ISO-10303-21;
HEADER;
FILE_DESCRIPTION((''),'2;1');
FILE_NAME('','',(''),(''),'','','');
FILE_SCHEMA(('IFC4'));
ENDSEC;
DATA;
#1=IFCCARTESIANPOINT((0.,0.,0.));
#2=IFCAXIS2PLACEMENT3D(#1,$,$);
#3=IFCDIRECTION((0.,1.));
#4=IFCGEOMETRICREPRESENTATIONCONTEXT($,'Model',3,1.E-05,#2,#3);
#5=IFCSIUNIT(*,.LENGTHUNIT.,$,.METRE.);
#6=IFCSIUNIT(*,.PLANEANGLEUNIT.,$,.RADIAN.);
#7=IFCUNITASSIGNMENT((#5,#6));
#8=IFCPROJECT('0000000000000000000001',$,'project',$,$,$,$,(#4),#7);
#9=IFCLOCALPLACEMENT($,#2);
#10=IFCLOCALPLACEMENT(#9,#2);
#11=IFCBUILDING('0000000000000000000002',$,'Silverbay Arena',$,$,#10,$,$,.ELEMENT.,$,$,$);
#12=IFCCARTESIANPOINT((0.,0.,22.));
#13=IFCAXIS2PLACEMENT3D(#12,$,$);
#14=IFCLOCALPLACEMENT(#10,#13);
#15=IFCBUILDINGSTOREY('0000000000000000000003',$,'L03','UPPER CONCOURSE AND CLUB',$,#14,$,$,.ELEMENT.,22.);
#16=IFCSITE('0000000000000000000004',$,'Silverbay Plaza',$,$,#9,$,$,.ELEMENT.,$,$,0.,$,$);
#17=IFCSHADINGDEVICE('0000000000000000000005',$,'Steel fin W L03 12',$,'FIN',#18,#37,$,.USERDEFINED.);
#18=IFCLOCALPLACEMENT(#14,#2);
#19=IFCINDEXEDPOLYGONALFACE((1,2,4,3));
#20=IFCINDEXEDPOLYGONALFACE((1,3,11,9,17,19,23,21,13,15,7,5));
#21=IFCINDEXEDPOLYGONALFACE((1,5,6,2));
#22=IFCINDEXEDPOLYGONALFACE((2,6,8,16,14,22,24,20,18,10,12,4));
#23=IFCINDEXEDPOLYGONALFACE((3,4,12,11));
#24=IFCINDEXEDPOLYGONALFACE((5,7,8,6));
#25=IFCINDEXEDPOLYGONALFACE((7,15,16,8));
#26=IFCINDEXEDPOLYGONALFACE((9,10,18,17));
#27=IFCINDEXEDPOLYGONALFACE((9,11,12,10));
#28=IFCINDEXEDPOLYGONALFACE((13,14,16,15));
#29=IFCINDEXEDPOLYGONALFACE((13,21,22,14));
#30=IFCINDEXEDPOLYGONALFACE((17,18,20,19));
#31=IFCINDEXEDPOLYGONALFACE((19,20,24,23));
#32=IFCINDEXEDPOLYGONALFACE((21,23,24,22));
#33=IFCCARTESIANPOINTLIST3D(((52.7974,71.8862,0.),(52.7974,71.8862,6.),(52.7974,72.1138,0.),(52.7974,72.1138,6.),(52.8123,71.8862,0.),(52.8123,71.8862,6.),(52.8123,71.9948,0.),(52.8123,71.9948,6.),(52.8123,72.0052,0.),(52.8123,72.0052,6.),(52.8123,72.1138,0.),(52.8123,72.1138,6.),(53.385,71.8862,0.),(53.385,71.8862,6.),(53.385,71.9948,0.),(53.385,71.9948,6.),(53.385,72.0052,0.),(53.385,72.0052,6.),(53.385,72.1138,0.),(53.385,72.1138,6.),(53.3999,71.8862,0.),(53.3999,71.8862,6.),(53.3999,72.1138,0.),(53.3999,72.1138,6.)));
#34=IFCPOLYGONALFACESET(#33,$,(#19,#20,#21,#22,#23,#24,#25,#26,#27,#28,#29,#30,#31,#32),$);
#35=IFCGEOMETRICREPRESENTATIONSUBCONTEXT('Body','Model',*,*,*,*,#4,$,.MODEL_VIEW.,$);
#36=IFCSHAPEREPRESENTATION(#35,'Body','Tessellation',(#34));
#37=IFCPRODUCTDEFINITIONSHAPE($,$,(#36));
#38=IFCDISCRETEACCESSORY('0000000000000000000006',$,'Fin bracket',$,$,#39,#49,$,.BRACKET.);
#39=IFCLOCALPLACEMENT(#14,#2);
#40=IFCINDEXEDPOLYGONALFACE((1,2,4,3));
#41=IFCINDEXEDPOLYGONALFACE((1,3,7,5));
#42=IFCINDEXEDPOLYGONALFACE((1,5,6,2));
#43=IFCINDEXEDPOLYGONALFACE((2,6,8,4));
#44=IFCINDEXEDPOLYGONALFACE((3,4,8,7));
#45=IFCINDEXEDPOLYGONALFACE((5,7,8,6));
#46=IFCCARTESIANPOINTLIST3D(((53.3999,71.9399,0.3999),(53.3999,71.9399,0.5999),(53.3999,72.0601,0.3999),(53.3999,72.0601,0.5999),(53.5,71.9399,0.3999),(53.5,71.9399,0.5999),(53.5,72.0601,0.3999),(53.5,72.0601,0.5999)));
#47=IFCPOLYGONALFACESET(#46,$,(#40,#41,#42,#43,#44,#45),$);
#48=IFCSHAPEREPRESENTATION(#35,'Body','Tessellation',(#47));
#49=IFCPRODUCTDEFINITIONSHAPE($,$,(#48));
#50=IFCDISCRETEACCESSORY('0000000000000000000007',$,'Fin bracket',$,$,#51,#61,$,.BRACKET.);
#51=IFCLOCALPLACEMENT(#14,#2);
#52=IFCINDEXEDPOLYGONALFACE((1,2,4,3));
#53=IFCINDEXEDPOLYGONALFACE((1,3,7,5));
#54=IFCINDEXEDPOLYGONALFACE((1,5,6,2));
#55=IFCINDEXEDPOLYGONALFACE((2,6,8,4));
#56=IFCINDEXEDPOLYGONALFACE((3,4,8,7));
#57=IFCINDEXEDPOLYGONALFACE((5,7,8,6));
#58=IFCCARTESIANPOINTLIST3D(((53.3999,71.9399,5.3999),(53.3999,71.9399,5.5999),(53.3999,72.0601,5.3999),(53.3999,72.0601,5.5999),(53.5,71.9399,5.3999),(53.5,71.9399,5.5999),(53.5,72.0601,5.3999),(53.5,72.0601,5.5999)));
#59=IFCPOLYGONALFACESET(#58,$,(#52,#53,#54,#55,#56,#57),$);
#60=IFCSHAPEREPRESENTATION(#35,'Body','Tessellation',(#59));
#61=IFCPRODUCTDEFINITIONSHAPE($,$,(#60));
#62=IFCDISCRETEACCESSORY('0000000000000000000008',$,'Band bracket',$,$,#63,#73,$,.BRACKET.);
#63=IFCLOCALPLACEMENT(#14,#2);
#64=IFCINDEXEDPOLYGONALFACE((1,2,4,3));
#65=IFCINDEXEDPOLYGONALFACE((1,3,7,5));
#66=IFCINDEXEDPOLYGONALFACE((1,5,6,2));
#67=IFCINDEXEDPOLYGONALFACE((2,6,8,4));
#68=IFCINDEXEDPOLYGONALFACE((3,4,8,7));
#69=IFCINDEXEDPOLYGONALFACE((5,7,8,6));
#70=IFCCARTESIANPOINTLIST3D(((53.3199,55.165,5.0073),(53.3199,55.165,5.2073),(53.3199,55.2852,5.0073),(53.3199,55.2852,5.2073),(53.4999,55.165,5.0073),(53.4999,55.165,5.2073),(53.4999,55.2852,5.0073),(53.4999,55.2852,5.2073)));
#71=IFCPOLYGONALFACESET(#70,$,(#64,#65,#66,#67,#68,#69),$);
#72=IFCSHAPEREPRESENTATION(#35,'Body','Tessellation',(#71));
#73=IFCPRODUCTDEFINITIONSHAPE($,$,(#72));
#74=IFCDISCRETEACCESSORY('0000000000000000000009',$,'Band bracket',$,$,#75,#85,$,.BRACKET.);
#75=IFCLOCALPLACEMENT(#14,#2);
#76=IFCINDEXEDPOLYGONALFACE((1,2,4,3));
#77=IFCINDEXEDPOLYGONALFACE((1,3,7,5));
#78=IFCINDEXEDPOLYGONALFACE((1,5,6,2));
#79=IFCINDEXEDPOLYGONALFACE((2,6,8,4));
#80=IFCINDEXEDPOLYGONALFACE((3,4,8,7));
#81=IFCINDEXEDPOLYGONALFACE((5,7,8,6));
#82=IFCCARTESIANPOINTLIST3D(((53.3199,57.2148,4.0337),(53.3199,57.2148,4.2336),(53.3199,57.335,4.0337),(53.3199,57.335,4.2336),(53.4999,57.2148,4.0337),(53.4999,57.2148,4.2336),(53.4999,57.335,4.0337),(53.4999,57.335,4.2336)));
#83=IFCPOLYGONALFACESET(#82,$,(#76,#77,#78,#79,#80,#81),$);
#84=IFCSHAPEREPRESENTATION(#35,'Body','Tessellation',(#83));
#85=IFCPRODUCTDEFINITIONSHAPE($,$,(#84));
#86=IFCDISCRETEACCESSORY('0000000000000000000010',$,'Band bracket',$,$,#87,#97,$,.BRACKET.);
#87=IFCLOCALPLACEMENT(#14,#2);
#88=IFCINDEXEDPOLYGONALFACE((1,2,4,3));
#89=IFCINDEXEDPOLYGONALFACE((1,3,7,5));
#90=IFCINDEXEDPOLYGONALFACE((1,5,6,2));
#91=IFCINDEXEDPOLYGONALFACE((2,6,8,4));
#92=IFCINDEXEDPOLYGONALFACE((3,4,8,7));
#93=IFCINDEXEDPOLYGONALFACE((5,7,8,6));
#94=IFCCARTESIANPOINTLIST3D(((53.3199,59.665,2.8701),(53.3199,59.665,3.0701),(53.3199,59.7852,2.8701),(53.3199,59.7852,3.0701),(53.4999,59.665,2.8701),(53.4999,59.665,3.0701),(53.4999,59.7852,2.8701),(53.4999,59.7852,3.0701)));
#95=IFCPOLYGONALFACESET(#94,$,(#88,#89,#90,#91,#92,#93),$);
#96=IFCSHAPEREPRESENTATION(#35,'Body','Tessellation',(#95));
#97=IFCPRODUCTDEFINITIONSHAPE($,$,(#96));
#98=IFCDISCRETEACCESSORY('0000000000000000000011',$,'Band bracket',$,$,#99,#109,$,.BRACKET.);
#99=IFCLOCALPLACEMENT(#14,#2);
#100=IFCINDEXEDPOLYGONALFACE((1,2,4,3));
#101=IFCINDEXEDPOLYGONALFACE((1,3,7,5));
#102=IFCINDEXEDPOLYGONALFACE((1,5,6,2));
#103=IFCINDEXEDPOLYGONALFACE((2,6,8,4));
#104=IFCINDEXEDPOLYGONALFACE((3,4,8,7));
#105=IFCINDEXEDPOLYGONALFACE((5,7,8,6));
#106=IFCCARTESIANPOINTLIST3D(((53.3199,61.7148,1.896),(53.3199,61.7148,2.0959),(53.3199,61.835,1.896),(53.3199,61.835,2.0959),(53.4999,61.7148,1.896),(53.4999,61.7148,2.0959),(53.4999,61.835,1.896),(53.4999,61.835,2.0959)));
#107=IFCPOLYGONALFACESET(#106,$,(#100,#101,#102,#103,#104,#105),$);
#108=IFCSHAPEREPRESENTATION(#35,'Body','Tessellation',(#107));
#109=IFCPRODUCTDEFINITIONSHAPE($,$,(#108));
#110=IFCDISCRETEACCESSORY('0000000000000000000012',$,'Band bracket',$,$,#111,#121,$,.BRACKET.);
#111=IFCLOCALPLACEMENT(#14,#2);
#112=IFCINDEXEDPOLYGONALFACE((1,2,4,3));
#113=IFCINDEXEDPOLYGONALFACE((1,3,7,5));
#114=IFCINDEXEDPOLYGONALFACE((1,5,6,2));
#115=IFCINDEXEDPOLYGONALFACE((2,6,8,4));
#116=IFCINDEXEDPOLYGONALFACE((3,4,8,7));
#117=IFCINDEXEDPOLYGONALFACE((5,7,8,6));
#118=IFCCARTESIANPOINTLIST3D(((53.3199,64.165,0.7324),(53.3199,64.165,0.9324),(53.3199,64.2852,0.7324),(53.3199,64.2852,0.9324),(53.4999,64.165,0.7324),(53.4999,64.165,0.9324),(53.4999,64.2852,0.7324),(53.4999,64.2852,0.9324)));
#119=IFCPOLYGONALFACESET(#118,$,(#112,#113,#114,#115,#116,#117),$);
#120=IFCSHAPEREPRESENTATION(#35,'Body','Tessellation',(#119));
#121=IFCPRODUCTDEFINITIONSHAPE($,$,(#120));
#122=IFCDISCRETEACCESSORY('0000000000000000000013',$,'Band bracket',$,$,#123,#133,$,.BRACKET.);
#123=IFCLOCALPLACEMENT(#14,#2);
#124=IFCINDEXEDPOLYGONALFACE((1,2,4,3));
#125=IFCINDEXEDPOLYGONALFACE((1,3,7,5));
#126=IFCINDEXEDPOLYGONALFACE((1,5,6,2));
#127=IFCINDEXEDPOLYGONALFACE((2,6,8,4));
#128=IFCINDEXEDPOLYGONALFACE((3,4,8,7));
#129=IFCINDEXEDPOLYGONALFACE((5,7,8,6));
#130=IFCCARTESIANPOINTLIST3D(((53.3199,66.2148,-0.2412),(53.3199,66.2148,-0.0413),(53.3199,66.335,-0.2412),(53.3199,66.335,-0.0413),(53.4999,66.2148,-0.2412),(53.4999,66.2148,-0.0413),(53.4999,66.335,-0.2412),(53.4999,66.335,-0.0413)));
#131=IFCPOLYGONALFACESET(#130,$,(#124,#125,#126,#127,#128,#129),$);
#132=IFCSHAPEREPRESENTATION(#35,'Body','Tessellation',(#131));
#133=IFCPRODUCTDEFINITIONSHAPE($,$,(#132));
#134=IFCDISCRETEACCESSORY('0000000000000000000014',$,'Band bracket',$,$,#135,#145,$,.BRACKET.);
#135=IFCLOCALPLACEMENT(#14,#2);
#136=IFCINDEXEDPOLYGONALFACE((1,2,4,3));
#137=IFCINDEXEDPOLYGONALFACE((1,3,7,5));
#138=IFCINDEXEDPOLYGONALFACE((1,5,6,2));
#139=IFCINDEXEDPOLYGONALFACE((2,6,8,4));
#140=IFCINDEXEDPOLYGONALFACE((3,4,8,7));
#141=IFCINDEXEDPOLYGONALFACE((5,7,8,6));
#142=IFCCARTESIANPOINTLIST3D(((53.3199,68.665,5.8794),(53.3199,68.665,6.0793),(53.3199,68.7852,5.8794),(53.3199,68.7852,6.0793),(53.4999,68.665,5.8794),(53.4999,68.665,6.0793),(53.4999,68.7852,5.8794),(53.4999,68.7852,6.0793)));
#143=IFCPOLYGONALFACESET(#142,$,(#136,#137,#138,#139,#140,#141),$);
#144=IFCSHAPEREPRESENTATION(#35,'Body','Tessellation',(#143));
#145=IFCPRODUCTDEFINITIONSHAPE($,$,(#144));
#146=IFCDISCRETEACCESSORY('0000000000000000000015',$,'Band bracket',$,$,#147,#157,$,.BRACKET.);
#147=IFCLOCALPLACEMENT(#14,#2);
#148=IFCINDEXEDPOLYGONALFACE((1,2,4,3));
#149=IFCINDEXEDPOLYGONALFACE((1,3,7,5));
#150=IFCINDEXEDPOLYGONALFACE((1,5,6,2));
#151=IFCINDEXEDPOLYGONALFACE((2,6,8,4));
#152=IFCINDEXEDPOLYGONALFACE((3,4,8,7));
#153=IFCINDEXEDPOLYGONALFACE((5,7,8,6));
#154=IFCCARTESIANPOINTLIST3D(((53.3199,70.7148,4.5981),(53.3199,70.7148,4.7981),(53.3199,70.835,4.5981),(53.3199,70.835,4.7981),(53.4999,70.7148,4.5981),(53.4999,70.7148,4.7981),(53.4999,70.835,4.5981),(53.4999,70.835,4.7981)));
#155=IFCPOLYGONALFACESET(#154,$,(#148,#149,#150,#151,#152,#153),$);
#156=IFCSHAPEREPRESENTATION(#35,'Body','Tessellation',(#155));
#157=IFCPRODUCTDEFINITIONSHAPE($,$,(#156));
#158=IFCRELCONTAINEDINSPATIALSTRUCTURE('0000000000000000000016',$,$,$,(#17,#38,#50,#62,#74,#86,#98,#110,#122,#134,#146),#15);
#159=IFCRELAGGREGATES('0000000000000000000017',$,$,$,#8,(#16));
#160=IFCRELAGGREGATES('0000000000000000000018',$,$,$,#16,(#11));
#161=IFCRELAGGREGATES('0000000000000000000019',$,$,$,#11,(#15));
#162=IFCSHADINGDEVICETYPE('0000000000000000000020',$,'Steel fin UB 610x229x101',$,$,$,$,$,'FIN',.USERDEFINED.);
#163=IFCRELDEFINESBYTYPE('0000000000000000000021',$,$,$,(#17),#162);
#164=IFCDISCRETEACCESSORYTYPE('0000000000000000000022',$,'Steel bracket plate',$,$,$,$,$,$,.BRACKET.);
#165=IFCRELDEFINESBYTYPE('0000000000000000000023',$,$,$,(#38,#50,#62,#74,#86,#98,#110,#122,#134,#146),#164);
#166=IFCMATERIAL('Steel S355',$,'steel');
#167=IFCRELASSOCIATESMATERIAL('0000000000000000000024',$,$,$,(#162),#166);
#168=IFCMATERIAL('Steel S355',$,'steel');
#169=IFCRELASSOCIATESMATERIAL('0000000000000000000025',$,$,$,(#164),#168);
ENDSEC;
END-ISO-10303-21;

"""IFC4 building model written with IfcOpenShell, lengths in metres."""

from ifc_helpers import new_model, si_unit, direction, frame, origin, origin_2d, place, context, subcontext, project, spatial, rectangle, i_section, extrude, material, material_profile, profile_set, type_object, element, save


model = new_model("IFC4")

# Units and contexts
model_context = context("Model", 3, precision=1e-05, world=origin(), true_north=direction((0.0, 1.0)))
body_context = subcontext(model_context, "Body", "Model", "MODEL_VIEW")
ifc_project = project(units=[si_unit("LENGTHUNIT", "METRE"), si_unit("PLANEANGLEUNIT", "RADIAN")], contexts=[model_context])

# Site, building, storey
site_placement = place(None, origin())
site = spatial("IfcSite", under=ifc_project, at=site_placement, Name="Silverbay Plaza", CompositionType="ELEMENT", RefElevation=0.0)
building_placement = place(site_placement, origin())
building = spatial("IfcBuilding", under=site, at=building_placement, Name="Silverbay Arena", CompositionType="ELEMENT")
storey_placement = place(building_placement, frame((0.0, 0.0, 22.0)))
storey = spatial("IfcBuildingStorey", under=building, at=storey_placement, Name="L03", Description="UPPER CONCOURSE AND CLUB", CompositionType="ELEMENT", Elevation=22.0)

# Shading device
ifc_material_1 = material(Name="Steel S355", Category="steel")
ifc_material_profile_1 = material_profile(ifc_material_1, i_section(OverallWidth=0.2275, OverallDepth=0.6025, WebThickness=0.0105, FlangeThickness=0.0149, at=origin_2d()), Name="UB 610x229x101")
ifc_profile_set_1 = profile_set([ifc_material_profile_1], Name="Steel S355")
shading_device_type = type_object("IfcShadingDeviceType", Name="Steel fin UB 610x229x101", ElementType="FIN", PredefinedType="USERDEFINED", material=ifc_profile_set_1)
shading_device_placement = place(storey_placement, frame((53.0986, 72.0, 0.0), z_axis=(0.0, 0.0, 1.0), x_axis=(0.0, 1.0, 0.0)))
element("IfcShadingDevice", 1, at=shading_device_placement, inside=storey, type_object=shading_device_type, Name="Steel fin W L03 12", ObjectType="FIN", PredefinedType="USERDEFINED", context=body_context, shape_type="SweptSolid", body=[
    extrude(i_section(OverallWidth=0.2275, OverallDepth=0.6025, WebThickness=0.0105, FlangeThickness=0.0149, at=origin_2d()), origin(), (0.0, 0.0, 1.0), 6.0),
])

# Discrete accessories
ifc_material_2 = material(Name="Steel S355", Category="steel")
discrete_accessory_type = type_object("IfcDiscreteAccessoryType", Name="Steel bracket plate", PredefinedType="BRACKET", material=ifc_material_2)
for number, where, z_axis, x_axis, name in (
    (2, (53.45, 72.0, 0.3999), (0.0, 0.0, 1.0), (1.0, 0.0, 0.0), "Fin bracket"),
    (3, (53.45, 72.0, 5.3999), (0.0, 0.0, 1.0), (1.0, 0.0, 0.0), "Fin bracket"),
):
    element("IfcDiscreteAccessory", number, at=place(storey_placement, frame(where, z_axis=z_axis, x_axis=x_axis)), inside=storey, type_object=discrete_accessory_type, Name=name, PredefinedType="BRACKET", context=body_context, shape_type="SweptSolid", body=[
        extrude(rectangle(XDim=0.1001, YDim=0.1201, at=origin_2d()), origin(), (0.0, 0.0, 1.0), 0.2),
    ])
for number, where, z_axis, x_axis, name in (
    (4, (53.4099, 55.2251, 5.0073), (0.0, 0.0, 1.0), (1.0, 0.0, 0.0), "Band bracket"),
    (5, (53.4099, 57.2749, 4.0337), (0.0, 0.0, 1.0), (1.0, 0.0, 0.0), "Band bracket"),
    (6, (53.4099, 59.7251, 2.8701), (0.0, 0.0, 1.0), (1.0, 0.0, 0.0), "Band bracket"),
    (7, (53.4099, 61.7749, 1.896), (0.0, 0.0, 1.0), (1.0, 0.0, 0.0), "Band bracket"),
    (8, (53.4099, 64.2251, 0.7324), (0.0, 0.0, 1.0), (1.0, 0.0, 0.0), "Band bracket"),
    (9, (53.4099, 66.2749, -0.2412), (0.0, 0.0, 1.0), (1.0, 0.0, 0.0), "Band bracket"),
    (10, (53.4099, 68.7251, 5.8794), (0.0, 0.0, 1.0), (1.0, 0.0, 0.0), "Band bracket"),
    (11, (53.4099, 70.7749, 4.5981), (0.0, 0.0, 1.0), (1.0, 0.0, 0.0), "Band bracket"),
):
    element("IfcDiscreteAccessory", number, at=place(storey_placement, frame(where, z_axis=z_axis, x_axis=x_axis)), inside=storey, type_object=discrete_accessory_type, Name=name, PredefinedType="BRACKET", context=body_context, shape_type="SweptSolid", body=[
        extrude(rectangle(XDim=0.1799, YDim=0.1201, at=origin_2d()), origin(), (0.0, 0.0, 1.0), 0.2),
    ])

save(model, "model.ifc")
